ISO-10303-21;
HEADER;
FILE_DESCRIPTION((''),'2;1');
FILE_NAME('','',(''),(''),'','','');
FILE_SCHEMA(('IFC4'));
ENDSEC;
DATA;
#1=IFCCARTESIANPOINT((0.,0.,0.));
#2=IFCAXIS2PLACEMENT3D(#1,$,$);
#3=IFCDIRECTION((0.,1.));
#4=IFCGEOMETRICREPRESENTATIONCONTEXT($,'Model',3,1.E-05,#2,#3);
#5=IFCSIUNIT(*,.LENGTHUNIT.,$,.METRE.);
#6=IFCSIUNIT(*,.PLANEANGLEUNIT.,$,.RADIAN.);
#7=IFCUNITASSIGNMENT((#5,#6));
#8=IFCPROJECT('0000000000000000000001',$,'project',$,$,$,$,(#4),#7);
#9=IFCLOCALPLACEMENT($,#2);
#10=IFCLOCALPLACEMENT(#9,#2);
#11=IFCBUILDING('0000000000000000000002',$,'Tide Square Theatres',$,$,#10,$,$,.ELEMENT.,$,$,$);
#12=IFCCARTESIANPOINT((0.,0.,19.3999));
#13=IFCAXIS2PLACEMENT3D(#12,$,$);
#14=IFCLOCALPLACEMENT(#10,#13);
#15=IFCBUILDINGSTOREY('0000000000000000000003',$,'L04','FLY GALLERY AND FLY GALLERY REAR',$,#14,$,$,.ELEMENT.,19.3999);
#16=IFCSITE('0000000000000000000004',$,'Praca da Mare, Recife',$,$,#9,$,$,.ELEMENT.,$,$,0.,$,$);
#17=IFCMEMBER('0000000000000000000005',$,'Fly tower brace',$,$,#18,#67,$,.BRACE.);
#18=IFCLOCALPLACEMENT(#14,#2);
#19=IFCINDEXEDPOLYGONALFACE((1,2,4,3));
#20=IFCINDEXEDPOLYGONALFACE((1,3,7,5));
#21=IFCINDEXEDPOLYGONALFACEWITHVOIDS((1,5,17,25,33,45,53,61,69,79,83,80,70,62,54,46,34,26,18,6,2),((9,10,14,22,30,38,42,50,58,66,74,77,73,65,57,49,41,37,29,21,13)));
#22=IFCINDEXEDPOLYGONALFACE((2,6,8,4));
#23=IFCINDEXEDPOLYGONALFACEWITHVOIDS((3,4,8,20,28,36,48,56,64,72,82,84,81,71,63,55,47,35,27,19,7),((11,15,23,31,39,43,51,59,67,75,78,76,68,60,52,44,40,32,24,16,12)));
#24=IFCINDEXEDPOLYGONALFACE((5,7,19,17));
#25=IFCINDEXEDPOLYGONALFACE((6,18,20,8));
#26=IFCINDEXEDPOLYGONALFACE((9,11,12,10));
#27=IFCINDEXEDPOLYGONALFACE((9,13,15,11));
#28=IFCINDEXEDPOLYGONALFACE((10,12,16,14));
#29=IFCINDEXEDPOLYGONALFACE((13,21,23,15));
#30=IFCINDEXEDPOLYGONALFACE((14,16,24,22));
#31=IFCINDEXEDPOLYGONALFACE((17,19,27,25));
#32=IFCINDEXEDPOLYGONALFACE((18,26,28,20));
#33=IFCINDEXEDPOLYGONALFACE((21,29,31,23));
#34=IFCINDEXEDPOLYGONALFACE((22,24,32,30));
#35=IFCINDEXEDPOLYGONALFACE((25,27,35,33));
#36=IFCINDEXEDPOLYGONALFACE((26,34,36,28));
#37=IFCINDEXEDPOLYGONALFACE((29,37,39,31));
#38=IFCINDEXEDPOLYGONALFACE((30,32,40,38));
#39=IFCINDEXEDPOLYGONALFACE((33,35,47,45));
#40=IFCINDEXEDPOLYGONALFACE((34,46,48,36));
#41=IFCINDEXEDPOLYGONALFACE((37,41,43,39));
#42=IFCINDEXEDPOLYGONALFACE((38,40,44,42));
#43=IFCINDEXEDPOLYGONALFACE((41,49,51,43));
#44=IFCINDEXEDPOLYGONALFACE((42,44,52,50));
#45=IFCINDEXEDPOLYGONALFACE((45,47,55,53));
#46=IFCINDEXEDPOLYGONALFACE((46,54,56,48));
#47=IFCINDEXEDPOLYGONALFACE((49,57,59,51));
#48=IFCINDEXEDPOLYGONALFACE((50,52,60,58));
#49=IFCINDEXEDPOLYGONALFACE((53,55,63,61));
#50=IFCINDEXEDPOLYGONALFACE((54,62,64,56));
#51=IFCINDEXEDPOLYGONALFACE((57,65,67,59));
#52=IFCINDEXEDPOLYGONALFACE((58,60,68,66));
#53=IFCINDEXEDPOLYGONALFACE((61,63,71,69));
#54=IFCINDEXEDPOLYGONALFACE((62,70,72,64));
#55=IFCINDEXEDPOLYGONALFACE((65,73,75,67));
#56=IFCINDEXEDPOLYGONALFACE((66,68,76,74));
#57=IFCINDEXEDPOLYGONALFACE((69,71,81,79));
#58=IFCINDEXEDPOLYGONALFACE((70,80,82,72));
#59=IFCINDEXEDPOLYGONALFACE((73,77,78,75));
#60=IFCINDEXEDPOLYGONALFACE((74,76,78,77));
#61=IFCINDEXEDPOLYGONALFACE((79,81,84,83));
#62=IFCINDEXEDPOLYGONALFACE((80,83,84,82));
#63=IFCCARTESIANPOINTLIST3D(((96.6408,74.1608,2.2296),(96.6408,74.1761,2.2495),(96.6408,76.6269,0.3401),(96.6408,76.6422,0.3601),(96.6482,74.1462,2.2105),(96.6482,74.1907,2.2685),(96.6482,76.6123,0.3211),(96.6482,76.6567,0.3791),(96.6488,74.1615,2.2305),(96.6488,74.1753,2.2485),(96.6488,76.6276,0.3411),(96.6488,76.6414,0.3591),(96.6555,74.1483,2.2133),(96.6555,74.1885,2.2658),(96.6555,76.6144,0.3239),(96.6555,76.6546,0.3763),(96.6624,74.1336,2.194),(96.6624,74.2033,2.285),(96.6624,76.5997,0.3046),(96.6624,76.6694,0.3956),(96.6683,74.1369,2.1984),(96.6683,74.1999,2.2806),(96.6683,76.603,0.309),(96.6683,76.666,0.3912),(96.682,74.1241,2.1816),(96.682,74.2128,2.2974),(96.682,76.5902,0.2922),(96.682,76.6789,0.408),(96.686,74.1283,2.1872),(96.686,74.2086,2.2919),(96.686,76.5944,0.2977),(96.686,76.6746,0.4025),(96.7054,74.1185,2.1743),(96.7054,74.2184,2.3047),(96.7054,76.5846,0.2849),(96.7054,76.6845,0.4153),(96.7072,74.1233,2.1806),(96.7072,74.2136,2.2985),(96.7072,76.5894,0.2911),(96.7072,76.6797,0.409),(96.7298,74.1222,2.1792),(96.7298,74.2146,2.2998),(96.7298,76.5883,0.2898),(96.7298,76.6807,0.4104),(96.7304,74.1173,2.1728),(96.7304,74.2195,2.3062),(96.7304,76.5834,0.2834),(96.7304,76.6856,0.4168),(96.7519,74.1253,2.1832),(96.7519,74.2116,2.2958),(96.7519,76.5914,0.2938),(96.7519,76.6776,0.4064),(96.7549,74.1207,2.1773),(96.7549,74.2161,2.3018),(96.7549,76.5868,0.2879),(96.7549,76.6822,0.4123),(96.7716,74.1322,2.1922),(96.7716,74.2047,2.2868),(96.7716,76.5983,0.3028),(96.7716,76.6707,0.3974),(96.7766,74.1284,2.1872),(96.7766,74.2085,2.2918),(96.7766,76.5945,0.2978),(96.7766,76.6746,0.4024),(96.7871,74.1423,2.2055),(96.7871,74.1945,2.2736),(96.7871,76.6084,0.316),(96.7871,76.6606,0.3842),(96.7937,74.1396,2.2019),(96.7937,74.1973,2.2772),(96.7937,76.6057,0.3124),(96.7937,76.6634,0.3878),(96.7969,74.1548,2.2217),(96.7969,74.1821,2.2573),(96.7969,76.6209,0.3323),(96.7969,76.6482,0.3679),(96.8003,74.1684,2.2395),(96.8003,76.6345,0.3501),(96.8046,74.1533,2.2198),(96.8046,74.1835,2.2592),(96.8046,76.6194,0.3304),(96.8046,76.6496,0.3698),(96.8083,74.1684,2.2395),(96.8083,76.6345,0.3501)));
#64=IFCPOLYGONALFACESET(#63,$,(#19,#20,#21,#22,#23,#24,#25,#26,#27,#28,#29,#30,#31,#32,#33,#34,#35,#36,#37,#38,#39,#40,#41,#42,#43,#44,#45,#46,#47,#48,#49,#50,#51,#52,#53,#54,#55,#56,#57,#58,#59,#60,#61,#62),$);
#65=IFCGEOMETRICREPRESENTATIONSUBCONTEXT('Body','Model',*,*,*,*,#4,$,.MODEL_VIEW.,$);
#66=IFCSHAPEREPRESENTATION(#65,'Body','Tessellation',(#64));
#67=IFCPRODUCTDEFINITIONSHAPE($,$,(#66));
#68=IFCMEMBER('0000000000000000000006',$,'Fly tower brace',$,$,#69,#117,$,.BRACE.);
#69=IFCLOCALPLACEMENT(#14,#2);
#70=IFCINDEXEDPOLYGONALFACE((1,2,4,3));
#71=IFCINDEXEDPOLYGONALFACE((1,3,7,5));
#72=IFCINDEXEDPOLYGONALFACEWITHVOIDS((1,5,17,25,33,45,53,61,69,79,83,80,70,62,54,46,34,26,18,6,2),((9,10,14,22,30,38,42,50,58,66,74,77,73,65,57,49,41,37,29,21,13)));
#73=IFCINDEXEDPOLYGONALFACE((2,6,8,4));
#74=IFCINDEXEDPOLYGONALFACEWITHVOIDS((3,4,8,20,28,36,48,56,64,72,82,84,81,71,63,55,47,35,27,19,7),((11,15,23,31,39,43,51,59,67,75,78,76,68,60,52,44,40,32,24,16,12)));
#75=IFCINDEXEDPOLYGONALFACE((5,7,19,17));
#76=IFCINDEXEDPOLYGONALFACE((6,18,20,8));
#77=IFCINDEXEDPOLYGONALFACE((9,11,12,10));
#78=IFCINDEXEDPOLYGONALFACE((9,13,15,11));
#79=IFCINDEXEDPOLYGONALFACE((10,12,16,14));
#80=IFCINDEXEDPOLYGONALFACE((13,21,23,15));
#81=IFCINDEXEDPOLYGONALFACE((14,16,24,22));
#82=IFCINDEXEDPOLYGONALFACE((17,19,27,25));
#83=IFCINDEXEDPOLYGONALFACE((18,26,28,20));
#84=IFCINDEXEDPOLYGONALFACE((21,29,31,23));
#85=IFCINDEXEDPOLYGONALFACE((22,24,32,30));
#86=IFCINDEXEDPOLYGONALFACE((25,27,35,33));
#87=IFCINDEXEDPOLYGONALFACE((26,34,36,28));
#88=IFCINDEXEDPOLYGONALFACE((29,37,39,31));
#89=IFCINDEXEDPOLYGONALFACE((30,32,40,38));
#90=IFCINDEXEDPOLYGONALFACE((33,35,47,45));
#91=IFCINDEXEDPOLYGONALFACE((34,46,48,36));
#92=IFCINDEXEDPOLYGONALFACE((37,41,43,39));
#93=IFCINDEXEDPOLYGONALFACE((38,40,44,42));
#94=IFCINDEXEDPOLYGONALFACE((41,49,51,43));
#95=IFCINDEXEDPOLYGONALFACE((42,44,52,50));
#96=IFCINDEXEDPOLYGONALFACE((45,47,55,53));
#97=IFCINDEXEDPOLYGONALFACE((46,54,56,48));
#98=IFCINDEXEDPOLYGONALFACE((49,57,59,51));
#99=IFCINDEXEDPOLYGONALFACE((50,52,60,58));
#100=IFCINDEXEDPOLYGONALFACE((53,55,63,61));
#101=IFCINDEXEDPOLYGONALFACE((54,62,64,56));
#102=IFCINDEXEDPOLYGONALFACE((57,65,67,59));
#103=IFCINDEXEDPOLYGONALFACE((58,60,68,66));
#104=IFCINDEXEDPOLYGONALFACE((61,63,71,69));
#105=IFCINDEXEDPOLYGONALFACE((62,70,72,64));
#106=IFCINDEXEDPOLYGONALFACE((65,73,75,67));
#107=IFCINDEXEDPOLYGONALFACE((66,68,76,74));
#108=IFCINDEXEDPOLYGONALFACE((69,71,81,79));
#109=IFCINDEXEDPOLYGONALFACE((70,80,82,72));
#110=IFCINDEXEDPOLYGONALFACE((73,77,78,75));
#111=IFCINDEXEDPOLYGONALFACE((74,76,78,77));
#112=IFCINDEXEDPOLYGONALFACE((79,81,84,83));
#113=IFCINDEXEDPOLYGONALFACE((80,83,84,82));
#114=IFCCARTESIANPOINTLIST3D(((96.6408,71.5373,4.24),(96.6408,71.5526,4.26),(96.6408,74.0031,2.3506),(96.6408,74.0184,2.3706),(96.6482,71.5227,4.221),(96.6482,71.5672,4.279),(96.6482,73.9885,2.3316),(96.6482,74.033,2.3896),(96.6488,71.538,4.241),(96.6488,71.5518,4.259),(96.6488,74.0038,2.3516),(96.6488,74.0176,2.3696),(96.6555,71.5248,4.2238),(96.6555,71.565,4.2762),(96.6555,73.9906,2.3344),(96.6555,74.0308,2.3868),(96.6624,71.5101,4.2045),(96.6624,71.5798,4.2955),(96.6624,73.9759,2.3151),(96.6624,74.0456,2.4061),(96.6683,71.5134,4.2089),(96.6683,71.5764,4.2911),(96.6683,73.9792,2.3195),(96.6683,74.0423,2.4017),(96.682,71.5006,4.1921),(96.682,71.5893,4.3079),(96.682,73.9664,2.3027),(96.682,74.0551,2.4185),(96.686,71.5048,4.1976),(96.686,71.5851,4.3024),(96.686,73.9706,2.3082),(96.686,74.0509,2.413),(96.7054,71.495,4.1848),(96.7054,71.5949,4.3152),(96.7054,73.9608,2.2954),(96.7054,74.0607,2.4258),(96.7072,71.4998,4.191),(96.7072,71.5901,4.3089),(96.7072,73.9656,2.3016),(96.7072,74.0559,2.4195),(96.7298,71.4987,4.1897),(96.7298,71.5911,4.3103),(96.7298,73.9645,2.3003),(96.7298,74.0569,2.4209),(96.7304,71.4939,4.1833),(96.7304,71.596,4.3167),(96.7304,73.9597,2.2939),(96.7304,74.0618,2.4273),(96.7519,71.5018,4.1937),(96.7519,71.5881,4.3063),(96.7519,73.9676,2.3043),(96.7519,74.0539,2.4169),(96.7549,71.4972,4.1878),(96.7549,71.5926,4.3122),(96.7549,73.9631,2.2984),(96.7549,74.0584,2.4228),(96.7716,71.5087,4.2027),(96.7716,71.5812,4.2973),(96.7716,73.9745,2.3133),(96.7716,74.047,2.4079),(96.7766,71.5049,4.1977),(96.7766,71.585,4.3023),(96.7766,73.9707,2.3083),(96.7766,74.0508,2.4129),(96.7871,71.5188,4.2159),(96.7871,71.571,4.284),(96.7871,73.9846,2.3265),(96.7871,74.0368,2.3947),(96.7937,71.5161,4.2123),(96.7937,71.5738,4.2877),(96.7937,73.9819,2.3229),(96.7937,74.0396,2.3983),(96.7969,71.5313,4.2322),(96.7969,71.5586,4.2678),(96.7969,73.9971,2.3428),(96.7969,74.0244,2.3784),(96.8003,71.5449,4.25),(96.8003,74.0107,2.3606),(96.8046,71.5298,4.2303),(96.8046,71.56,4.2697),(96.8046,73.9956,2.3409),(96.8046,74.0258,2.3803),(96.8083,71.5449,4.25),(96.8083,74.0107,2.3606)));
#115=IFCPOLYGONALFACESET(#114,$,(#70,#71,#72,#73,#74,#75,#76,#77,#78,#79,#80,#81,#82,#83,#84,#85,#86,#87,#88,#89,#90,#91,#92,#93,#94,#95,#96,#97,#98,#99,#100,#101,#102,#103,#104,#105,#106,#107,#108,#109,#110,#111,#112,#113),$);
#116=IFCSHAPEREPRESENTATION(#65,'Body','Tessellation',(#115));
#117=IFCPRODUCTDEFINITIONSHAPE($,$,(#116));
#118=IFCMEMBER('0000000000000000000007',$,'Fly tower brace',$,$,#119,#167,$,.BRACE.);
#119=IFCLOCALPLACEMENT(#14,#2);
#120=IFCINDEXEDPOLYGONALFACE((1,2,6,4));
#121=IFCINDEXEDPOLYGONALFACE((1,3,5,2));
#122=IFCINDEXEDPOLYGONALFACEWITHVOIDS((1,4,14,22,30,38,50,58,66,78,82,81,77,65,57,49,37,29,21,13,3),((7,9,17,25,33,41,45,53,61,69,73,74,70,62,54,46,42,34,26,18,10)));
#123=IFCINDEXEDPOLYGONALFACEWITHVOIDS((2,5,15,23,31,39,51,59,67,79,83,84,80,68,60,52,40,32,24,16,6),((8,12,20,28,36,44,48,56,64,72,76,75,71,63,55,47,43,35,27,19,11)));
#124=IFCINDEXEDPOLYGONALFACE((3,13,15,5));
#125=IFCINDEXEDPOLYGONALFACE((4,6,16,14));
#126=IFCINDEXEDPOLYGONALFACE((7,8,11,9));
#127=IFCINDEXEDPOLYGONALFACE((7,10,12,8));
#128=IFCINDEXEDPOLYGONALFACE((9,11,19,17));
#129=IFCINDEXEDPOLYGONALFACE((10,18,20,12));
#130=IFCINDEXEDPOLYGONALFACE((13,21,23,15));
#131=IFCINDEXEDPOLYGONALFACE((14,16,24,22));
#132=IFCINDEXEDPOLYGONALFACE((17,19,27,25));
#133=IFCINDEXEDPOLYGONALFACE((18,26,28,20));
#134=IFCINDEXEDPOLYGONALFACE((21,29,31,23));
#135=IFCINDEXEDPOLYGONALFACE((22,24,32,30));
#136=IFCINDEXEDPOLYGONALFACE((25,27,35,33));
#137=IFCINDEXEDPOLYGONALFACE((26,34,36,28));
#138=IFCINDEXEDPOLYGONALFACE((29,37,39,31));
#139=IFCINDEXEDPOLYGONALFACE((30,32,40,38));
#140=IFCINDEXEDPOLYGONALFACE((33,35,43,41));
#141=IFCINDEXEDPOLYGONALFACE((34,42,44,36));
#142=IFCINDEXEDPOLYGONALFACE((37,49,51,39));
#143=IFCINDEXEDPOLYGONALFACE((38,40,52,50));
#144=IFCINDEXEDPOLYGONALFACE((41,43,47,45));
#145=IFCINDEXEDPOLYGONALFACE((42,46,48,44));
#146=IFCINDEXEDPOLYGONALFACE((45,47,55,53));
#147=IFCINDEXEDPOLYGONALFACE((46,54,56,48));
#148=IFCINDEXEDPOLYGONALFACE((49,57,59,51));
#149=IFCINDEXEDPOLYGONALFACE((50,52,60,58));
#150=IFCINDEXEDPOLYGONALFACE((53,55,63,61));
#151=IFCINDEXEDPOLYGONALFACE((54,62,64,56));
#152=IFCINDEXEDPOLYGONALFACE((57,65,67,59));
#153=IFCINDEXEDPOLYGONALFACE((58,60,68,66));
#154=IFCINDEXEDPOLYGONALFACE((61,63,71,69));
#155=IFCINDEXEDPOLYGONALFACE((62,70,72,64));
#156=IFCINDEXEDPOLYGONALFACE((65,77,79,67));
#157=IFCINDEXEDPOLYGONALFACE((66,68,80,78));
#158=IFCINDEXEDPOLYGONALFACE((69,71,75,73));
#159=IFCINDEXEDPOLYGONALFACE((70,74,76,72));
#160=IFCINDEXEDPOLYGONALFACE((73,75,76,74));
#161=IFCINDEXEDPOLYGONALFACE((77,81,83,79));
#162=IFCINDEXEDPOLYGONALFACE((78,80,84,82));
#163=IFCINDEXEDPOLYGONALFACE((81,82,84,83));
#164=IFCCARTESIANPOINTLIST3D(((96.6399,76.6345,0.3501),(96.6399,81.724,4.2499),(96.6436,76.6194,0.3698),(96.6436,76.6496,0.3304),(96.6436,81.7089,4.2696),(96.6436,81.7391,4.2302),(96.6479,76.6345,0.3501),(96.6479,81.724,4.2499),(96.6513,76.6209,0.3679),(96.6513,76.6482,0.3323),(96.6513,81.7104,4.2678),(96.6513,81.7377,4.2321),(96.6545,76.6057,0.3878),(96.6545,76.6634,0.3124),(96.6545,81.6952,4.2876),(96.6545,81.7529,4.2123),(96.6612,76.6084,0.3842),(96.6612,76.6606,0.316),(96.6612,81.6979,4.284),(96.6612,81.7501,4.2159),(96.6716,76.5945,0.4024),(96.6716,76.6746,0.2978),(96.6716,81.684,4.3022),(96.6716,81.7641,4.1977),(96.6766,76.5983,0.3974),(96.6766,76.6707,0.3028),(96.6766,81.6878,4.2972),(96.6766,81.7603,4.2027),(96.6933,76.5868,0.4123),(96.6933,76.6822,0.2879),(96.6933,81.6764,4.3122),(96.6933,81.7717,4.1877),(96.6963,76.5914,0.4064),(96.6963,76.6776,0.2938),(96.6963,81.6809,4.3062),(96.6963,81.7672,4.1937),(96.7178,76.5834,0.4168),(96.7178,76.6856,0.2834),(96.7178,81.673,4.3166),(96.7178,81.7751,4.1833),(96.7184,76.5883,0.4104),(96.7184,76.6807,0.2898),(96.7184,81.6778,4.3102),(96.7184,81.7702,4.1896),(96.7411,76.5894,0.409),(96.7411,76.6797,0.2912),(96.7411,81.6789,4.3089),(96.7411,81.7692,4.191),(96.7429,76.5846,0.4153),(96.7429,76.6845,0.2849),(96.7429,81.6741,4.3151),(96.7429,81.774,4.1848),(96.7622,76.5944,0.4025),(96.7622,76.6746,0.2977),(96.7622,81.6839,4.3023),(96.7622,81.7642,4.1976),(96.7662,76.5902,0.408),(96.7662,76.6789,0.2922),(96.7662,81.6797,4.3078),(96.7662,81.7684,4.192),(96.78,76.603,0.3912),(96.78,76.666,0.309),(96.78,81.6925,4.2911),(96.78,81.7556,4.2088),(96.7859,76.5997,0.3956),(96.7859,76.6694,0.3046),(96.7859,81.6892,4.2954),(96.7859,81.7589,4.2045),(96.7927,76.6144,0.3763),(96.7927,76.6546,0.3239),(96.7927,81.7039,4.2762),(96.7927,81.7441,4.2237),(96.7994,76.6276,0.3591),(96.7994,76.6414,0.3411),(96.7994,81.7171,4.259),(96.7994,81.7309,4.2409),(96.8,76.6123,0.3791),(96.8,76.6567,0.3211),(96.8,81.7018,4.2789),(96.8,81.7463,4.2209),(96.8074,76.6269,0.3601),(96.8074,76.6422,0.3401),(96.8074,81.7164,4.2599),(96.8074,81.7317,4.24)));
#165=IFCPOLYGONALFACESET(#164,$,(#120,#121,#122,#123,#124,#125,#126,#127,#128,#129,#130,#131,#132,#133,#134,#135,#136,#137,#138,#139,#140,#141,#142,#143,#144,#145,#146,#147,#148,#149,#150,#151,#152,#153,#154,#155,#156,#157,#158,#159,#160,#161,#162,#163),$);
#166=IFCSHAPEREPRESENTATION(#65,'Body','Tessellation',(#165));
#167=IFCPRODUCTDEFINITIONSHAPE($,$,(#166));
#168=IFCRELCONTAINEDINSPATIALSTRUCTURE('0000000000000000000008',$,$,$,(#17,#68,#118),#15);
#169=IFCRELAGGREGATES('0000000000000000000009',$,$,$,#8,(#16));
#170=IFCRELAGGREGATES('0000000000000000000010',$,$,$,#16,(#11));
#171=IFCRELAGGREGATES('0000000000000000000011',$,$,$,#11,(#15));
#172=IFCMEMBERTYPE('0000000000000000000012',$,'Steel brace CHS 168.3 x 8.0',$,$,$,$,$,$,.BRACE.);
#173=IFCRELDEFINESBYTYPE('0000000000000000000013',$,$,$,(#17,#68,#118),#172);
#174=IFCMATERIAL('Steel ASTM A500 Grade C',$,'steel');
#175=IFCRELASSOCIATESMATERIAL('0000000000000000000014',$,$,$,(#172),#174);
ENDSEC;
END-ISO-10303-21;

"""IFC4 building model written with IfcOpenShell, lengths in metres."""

from ifc_helpers import new_model, si_unit, direction, frame, origin, origin_2d, place, context, subcontext, project, spatial, hollow_circle, extrude, material, material_profile, profile_set, type_object, element, save


model = new_model("IFC4")

# Units and contexts
model_context = context("Model", 3, precision=1e-05, world=origin(), true_north=direction((0.0, 1.0)))
body_context = subcontext(model_context, "Body", "Model", "MODEL_VIEW")
ifc_project = project(units=[si_unit("LENGTHUNIT", "METRE"), si_unit("PLANEANGLEUNIT", "RADIAN")], contexts=[model_context])

# Site, building, storey
site_placement = place(None, origin())
site = spatial("IfcSite", under=ifc_project, at=site_placement, Name="Praca da Mare, Recife", CompositionType="ELEMENT", RefElevation=0.0)
building_placement = place(site_placement, origin())
building = spatial("IfcBuilding", under=site, at=building_placement, Name="Tide Square Theatres", CompositionType="ELEMENT")
storey_placement = place(building_placement, frame((0.0, 0.0, 19.3999)))
storey = spatial("IfcBuildingStorey", under=building, at=storey_placement, Name="L04", Description="FLY GALLERY AND FLY GALLERY REAR", CompositionType="ELEMENT", Elevation=19.3999)

# Members
ifc_material_1 = material(Name="Steel ASTM A500 Grade C", Category="steel")
ifc_material_profile_1 = material_profile(ifc_material_1, hollow_circle(Radius=0.0842, WallThickness=0.0081, at=origin_2d()))
ifc_profile_set_1 = profile_set([ifc_material_profile_1], Name="Steel ASTM A500 Grade C")
member_type = type_object("IfcMemberType", Name="Steel brace CHS 168.3 x 8.0", PredefinedType="BRACE", material=ifc_profile_set_1)
member_1_placement = place(storey_placement, frame((96.7241, 76.6345, 0.3501), z_axis=(0.0, -0.7938, 0.608179), x_axis=(1.0, 0.0, 0.0)))
element("IfcMember", 1, at=member_1_placement, inside=storey, type_object=member_type, Name="Fly tower brace", PredefinedType="BRACE", context=body_context, shape_type="SweptSolid", body=[
    extrude(hollow_circle(Radius=0.0842, WallThickness=0.0081, at=origin_2d()), origin(), (0.0, 0.0, 1.0), 3.1067),
])
member_2_placement = place(storey_placement, frame((96.7241, 74.0107, 2.3606), z_axis=(0.0, -0.793771, 0.608217), x_axis=(1.0, 0.0, 0.0)))
element("IfcMember", 2, at=member_2_placement, inside=storey, type_object=member_type, Name="Fly tower brace", PredefinedType="BRACE", context=body_context, shape_type="SweptSolid", body=[
    extrude(hollow_circle(Radius=0.0842, WallThickness=0.0081, at=origin_2d()), origin(), (0.0, 0.0, 1.0), 3.1064),
])
member_3_placement = place(storey_placement, frame((96.7241, 76.6345, 0.3501), z_axis=(0.0, 0.793766, 0.608223), x_axis=(-1.0, 0.0, 0.0)))
element("IfcMember", 3, at=member_3_placement, inside=storey, type_object=member_type, Name="Fly tower brace", PredefinedType="BRACE", context=body_context, shape_type="SweptSolid", body=[
    extrude(hollow_circle(Radius=0.0842, WallThickness=0.0081, at=origin_2d()), origin(), (0.0, 0.0, 1.0), 6.4119),
])

save(model, "model.ifc")
